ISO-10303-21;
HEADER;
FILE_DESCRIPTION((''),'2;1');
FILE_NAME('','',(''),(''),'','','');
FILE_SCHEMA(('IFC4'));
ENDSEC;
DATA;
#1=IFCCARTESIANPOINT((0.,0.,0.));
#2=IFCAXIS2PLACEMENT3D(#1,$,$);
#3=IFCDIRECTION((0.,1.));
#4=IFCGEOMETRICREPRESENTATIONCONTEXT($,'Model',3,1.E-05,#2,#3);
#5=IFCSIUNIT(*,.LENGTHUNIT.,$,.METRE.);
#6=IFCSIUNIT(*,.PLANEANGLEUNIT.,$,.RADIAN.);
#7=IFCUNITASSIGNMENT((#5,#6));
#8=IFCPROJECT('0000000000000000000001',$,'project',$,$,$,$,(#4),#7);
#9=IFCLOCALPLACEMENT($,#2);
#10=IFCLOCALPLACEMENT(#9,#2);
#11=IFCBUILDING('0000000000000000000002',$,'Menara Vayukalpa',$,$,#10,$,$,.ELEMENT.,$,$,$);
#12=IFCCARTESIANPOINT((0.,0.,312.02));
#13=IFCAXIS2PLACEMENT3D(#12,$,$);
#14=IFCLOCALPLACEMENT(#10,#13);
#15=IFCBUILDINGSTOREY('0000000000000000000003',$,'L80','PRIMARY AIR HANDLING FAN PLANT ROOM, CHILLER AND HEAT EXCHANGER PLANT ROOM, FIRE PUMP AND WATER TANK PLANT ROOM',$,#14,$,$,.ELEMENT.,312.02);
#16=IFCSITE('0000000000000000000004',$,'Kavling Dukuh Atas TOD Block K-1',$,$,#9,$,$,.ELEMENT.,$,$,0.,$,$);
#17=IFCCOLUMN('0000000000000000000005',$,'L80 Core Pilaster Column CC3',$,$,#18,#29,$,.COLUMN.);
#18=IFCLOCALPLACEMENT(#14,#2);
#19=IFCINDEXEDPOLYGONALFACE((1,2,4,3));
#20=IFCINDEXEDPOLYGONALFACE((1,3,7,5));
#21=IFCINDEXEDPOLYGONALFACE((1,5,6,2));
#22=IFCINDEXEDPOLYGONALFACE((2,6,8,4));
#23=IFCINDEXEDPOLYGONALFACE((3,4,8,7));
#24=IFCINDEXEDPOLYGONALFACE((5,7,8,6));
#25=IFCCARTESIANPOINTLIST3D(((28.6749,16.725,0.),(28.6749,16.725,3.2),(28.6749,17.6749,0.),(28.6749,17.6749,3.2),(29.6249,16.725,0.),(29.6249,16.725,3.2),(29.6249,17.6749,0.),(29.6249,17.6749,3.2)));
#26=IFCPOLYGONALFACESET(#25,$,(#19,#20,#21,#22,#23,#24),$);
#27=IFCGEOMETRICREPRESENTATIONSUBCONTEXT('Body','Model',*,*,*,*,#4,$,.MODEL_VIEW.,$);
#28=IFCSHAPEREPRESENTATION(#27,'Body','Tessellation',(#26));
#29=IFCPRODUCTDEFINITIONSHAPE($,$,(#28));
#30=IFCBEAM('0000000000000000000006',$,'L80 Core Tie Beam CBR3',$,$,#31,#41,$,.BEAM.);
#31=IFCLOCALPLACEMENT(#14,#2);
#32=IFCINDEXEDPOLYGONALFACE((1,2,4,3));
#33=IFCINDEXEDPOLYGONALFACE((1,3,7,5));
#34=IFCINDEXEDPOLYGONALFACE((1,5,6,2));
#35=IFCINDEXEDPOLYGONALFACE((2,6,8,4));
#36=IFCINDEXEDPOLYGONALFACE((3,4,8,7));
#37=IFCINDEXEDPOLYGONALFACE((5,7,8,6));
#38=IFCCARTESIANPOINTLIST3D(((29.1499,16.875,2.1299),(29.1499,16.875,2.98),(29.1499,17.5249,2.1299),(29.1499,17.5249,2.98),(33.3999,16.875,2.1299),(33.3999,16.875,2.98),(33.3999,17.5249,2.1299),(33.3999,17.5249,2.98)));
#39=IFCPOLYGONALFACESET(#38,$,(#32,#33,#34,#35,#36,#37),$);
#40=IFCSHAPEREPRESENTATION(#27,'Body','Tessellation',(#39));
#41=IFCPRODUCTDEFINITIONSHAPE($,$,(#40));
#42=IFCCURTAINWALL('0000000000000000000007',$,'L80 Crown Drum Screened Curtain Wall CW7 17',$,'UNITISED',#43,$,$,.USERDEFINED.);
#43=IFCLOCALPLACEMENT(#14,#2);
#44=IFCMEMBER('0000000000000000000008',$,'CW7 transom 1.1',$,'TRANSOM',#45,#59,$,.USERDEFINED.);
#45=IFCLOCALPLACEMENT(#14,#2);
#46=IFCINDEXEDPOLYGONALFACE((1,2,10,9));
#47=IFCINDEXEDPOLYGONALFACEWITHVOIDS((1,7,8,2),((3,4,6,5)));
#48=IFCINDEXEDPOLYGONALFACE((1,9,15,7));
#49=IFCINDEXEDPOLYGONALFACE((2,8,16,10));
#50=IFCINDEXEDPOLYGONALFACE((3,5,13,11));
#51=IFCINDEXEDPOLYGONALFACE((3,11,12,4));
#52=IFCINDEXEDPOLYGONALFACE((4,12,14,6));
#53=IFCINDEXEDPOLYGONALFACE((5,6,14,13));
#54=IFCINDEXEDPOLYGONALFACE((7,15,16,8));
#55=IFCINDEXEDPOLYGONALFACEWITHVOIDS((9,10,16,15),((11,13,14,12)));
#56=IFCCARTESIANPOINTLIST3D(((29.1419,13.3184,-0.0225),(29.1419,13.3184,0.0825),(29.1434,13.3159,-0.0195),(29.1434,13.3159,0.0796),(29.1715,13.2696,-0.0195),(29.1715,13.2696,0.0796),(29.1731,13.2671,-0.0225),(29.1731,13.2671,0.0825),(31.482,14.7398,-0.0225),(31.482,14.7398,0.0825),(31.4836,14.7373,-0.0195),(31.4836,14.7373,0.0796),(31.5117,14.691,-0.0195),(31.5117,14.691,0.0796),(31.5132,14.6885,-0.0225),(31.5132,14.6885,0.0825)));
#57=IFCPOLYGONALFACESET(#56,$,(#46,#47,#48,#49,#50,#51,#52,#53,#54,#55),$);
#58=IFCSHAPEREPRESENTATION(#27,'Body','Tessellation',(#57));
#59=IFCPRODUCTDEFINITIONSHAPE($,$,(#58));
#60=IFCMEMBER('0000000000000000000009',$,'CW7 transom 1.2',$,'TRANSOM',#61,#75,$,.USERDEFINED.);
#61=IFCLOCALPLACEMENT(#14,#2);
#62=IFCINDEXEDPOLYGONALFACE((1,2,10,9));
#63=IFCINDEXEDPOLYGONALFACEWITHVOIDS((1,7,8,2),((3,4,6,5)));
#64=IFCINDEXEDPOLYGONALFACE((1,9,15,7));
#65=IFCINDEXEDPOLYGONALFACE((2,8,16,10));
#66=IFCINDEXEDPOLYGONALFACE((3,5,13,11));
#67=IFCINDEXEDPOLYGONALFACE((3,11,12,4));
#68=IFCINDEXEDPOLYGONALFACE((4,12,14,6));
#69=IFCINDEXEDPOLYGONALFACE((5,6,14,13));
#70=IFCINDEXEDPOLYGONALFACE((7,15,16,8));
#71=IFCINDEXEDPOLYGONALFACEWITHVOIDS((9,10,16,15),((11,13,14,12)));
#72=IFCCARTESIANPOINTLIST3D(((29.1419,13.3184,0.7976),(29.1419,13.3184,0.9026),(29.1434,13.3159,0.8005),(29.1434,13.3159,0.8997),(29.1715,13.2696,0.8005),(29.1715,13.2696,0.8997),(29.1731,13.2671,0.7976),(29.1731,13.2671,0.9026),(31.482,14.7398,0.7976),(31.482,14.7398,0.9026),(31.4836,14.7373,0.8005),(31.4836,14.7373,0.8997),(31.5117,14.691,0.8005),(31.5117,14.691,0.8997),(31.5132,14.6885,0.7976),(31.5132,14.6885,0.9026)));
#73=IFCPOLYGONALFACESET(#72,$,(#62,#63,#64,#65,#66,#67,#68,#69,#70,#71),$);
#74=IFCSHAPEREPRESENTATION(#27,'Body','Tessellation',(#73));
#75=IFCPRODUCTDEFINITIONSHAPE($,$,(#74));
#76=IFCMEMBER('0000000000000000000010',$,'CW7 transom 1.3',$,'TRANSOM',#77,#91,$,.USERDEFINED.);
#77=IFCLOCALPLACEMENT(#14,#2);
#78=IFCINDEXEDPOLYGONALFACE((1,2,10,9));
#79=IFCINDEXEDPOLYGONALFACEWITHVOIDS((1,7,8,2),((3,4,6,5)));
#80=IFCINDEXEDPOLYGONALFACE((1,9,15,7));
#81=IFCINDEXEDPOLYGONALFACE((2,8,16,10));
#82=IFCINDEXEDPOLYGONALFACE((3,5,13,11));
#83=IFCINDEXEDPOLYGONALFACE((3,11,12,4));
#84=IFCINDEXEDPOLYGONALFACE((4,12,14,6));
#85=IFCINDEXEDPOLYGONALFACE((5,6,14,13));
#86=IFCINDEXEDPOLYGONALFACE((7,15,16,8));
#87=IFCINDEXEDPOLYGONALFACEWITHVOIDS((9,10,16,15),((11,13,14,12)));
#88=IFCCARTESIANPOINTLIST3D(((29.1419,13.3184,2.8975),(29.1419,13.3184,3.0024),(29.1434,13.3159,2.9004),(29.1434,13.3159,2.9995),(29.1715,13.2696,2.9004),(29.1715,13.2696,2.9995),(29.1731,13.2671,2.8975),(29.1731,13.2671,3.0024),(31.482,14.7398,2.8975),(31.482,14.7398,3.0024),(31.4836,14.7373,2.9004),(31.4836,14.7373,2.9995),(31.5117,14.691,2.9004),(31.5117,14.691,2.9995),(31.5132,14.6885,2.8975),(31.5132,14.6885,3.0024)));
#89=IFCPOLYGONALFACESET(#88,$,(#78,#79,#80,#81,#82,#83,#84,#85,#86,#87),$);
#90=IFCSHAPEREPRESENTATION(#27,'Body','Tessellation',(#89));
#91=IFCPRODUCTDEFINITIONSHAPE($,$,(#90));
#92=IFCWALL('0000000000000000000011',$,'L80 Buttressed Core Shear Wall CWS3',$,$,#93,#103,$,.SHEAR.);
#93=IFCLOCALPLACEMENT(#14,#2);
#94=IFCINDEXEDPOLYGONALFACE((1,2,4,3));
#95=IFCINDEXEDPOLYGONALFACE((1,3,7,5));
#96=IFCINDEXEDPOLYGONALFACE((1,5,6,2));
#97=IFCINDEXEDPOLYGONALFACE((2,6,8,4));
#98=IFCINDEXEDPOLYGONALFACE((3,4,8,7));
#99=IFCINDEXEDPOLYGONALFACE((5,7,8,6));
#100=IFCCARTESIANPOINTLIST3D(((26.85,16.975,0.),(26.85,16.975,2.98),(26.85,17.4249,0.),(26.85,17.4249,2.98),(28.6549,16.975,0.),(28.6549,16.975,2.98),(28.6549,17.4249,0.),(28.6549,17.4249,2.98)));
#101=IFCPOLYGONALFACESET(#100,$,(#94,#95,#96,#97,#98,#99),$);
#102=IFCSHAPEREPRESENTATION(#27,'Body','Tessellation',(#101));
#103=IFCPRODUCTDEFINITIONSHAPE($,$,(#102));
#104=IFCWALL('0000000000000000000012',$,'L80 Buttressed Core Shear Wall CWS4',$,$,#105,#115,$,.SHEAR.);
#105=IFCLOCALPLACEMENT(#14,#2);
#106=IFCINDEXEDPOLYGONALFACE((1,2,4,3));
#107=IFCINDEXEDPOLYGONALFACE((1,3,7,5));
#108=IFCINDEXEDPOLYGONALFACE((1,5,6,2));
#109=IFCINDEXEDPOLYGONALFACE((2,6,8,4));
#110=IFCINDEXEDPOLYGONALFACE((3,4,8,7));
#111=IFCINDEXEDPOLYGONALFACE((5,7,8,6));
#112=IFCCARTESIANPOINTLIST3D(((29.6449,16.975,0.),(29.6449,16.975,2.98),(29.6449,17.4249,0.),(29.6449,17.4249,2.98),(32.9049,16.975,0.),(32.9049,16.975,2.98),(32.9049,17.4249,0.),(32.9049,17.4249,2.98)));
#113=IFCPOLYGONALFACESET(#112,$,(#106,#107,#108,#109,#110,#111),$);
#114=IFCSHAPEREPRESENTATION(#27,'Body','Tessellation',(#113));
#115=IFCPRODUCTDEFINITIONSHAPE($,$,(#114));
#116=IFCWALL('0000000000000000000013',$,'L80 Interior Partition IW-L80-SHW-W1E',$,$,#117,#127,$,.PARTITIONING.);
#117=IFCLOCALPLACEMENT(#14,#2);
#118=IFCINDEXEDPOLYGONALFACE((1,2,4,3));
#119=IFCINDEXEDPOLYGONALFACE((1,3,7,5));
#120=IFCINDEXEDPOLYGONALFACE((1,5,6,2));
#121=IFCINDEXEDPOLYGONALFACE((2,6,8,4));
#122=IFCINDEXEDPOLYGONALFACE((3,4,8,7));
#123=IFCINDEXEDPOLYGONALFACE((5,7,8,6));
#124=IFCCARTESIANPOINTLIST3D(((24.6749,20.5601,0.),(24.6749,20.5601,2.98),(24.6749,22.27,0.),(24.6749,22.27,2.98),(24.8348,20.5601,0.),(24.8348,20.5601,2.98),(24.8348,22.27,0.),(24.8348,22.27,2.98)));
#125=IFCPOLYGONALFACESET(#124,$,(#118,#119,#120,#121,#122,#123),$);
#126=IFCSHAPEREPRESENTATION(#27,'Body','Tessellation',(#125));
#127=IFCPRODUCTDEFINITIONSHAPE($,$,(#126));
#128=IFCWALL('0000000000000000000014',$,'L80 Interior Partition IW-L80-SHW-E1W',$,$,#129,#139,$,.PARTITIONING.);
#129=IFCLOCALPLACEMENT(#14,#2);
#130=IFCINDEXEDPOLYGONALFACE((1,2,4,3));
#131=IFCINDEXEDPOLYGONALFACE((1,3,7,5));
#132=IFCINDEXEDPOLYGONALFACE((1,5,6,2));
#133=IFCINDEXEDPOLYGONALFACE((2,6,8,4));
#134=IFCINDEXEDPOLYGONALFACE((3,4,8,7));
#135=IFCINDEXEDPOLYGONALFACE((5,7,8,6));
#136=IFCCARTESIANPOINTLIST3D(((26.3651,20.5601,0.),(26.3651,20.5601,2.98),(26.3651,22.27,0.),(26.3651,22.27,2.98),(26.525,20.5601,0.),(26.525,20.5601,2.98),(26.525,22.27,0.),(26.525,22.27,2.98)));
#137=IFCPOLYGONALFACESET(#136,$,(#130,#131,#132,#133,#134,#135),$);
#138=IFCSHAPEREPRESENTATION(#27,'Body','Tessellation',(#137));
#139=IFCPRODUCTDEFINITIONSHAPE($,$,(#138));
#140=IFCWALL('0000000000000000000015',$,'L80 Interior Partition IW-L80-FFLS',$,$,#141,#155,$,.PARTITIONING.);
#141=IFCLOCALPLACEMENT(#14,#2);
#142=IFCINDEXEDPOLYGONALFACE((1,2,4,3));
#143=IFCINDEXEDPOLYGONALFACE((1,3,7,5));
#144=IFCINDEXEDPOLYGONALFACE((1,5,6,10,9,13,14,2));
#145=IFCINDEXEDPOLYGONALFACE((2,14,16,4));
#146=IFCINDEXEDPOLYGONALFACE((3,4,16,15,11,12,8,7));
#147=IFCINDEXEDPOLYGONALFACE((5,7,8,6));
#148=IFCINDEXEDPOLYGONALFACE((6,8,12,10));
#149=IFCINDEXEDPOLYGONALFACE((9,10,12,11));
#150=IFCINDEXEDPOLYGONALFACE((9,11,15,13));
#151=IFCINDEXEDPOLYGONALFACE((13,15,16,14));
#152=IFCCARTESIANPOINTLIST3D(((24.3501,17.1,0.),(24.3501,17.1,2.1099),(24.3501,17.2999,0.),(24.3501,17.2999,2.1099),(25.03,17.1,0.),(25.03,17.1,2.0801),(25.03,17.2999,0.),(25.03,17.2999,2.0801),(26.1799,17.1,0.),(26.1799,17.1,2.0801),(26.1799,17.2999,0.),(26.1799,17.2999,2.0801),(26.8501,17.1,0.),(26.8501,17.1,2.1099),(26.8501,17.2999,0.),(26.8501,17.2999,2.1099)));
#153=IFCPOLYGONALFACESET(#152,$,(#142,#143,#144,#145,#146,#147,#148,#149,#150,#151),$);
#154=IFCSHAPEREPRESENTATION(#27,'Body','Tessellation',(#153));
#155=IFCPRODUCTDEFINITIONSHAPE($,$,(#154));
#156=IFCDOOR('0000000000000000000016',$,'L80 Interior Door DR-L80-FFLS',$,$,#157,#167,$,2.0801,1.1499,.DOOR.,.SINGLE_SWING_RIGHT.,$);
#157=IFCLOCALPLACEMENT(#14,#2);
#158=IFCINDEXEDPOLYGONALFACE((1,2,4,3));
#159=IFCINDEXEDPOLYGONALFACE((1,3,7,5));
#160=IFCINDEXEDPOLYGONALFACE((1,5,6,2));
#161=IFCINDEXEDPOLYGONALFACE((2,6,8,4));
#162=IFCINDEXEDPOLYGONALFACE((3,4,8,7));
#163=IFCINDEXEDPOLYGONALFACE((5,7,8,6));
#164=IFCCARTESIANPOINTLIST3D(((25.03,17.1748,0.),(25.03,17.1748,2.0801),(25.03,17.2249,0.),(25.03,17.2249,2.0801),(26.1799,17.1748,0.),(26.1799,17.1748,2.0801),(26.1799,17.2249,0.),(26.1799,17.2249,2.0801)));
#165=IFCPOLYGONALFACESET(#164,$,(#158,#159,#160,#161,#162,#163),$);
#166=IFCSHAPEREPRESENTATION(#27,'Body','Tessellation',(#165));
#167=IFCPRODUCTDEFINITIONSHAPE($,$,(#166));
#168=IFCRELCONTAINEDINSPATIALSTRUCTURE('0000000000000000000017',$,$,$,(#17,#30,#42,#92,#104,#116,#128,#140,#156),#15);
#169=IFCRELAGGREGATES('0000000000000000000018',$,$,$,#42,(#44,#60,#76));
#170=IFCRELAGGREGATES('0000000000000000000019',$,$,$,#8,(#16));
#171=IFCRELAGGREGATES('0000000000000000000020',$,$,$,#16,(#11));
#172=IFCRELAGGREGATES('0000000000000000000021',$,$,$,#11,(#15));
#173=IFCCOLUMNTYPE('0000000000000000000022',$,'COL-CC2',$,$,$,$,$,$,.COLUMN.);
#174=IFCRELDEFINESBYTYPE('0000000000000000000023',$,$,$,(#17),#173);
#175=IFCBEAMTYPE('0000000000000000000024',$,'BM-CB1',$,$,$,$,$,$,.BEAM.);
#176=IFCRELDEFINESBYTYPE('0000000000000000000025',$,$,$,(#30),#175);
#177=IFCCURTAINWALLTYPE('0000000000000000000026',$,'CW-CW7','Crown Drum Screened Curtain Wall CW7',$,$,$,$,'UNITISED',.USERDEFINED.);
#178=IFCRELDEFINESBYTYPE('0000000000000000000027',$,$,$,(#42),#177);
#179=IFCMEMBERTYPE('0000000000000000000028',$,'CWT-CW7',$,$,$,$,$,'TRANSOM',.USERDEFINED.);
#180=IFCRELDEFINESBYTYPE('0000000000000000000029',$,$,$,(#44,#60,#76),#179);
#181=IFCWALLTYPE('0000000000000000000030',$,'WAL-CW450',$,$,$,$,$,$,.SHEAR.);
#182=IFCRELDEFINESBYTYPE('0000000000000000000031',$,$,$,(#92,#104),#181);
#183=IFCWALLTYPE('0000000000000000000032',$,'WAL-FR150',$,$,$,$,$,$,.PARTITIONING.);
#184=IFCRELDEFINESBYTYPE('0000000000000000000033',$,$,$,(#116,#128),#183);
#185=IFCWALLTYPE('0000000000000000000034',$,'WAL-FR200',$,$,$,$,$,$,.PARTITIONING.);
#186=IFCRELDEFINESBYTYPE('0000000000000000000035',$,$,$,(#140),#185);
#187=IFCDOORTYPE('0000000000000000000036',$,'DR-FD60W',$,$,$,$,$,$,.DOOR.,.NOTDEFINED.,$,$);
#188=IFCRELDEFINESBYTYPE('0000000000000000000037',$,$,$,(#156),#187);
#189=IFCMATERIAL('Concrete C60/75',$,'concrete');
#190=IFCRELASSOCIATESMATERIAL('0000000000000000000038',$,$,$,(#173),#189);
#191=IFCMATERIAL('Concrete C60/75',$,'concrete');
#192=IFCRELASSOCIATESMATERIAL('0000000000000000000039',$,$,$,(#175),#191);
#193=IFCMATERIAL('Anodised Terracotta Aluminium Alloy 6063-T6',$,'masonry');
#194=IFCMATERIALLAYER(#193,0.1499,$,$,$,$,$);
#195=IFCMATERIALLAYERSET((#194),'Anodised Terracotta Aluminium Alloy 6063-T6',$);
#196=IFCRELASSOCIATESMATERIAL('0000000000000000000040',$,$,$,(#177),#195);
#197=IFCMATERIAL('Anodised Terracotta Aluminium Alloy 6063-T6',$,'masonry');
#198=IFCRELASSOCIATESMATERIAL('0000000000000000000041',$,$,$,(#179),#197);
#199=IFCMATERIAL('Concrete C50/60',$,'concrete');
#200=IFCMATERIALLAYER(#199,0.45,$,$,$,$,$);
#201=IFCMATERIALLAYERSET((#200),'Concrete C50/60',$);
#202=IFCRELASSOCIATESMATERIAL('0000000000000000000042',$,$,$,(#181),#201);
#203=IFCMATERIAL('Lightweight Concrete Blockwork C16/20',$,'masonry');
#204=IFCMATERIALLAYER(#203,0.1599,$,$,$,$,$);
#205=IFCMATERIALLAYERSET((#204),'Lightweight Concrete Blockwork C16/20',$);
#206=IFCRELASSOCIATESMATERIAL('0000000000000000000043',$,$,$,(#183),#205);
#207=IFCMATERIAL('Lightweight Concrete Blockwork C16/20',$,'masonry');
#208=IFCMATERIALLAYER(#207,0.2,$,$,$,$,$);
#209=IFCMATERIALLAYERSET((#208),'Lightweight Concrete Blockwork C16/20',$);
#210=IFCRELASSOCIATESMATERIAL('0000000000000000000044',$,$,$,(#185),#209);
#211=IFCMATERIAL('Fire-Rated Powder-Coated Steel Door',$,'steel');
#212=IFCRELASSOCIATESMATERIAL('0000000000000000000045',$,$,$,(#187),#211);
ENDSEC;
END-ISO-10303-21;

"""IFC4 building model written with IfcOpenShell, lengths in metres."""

from ifc_helpers import new_model, si_unit, direction, frame, frame_2d, origin, origin_2d, place, context, subcontext, project, spatial, rectangle, hollow_rectangle, extrude, material, layer, layer_set, material_profile, profile_set, type_object, element, fill, aggregate, save


model = new_model("IFC4")

# Units and contexts
model_context = context("Model", 3, precision=1e-05, world=origin(), true_north=direction((0.0, 1.0)))
body_context = subcontext(model_context, "Body", "Model", "MODEL_VIEW")
ifc_project = project(units=[si_unit("LENGTHUNIT", "METRE"), si_unit("PLANEANGLEUNIT", "RADIAN")], contexts=[model_context])

# Site, building, storey
site_placement = place(None, origin())
site = spatial("IfcSite", under=ifc_project, at=site_placement, Name="Kavling Dukuh Atas TOD Block K-1", CompositionType="ELEMENT", RefElevation=0.0)
building_placement = place(site_placement, origin())
building = spatial("IfcBuilding", under=site, at=building_placement, Name="Menara Vayukalpa", CompositionType="ELEMENT")
storey_placement = place(building_placement, frame((0.0, 0.0, 312.02)))
storey = spatial("IfcBuildingStorey", under=building, at=storey_placement, Name="L80", Description="PRIMARY AIR HANDLING FAN PLANT ROOM, CHILLER AND HEAT EXCHANGER PLANT ROOM, FIRE PUMP AND WATER TANK PLANT ROOM", CompositionType="ELEMENT", Elevation=312.02)

# Column
ifc_material_1 = material(Name="Concrete C60/75", Category="concrete")
ifc_material_profile_1 = material_profile(ifc_material_1, rectangle(XDim=0.95, YDim=0.95, at=origin_2d()), Name="RC 950x950")
ifc_profile_set_1 = profile_set([ifc_material_profile_1], Name="Concrete C60/75")
column_type = type_object("IfcColumnType", Name="COL-CC2", PredefinedType="COLUMN", material=ifc_profile_set_1)
column_placement = place(storey_placement, frame((29.1499, 17.2, 0.0), z_axis=(0.0, 0.0, 1.0), x_axis=(1.0, 0.0, 0.0)))
element("IfcColumn", 1, at=column_placement, inside=storey, type_object=column_type, Name="L80 Core Pilaster Column CC3", PredefinedType="COLUMN", context=body_context, shape_type="SweptSolid", body=[
    extrude(rectangle(XDim=0.95, YDim=0.95, at=origin_2d()), origin(), (0.0, 0.0, 1.0), 3.2),
])

# Beam
ifc_material_2 = material(Name="Concrete C60/75", Category="concrete")
ifc_material_profile_2 = material_profile(ifc_material_2, rectangle(XDim=0.6499, YDim=0.8501, at=origin_2d()), Name="RC 650x850")
ifc_profile_set_2 = profile_set([ifc_material_profile_2], Name="Concrete C60/75")
beam_type = type_object("IfcBeamType", Name="BM-CB1", PredefinedType="BEAM", material=ifc_profile_set_2)
beam_placement = place(storey_placement, frame((29.1499, 17.2, 2.5549), z_axis=(1.0, 0.0, 0.0), x_axis=(0.0, 1.0, 0.0)))
element("IfcBeam", 2, at=beam_placement, inside=storey, type_object=beam_type, Name="L80 Core Tie Beam CBR3", PredefinedType="BEAM", context=body_context, shape_type="SweptSolid", body=[
    extrude(rectangle(XDim=0.6499, YDim=0.8501, at=origin_2d()), origin(), (0.0, 0.0, 1.0), 4.25),
])

# Curtain wall, members
ifc_material_3 = material(Name="Anodised Terracotta Aluminium Alloy 6063-T6", Category="masonry")
ifc_layer_1 = layer(ifc_material_3, 0.1499)
ifc_layer_set_1 = layer_set([ifc_layer_1], Name="Anodised Terracotta Aluminium Alloy 6063-T6")
curtain_wall_type = type_object("IfcCurtainWallType", Name="CW-CW7", Description="Crown Drum Screened Curtain Wall CW7", ElementType="UNITISED", PredefinedType="USERDEFINED", material=ifc_layer_set_1)
curtain_wall_placement = place(storey_placement, origin())
curtain_wall = element("IfcCurtainWall", 3, at=curtain_wall_placement, inside=storey, type_object=curtain_wall_type, Name="L80 Crown Drum Screened Curtain Wall CW7 17", ObjectType="UNITISED", PredefinedType="USERDEFINED")
ifc_material_4 = material(Name="Anodised Terracotta Aluminium Alloy 6063-T6", Category="masonry")
ifc_material_profile_3 = material_profile(ifc_material_4, hollow_rectangle(XDim=0.0601, YDim=0.105, WallThickness=0.0029, at=origin_2d()), Name="ALU 60x105x3")
ifc_profile_set_3 = profile_set([ifc_material_profile_3], Name="Anodised Terracotta Aluminium Alloy 6063-T6")
member_type = type_object("IfcMemberType", Name="CWT-CW7", ElementType="TRANSOM", PredefinedType="USERDEFINED", material=ifc_profile_set_3)
member_1_placement = place(storey_placement, frame((29.1575, 13.2927, 0.03), z_axis=(0.854687, 0.519143, 0.0), x_axis=(-0.519143, 0.854687, 0.0)))
member_1 = element("IfcMember", 4, at=member_1_placement, type_object=member_type, Name="CW7 transom 1.1", ObjectType="TRANSOM", PredefinedType="USERDEFINED", context=body_context, shape_type="SweptSolid", body=[
    extrude(hollow_rectangle(XDim=0.0601, YDim=0.105, WallThickness=0.0029, at=origin_2d()), origin(), (0.0, 0.0, 1.0), 2.738),
])
member_2_placement = place(storey_placement, frame((29.1575, 13.2927, 0.8501), z_axis=(0.854687, 0.519143, 0.0), x_axis=(-0.519143, 0.854687, 0.0)))
member_2 = element("IfcMember", 5, at=member_2_placement, type_object=member_type, Name="CW7 transom 1.2", ObjectType="TRANSOM", PredefinedType="USERDEFINED", context=body_context, shape_type="SweptSolid", body=[
    extrude(hollow_rectangle(XDim=0.0601, YDim=0.105, WallThickness=0.0029, at=origin_2d()), origin(), (0.0, 0.0, 1.0), 2.738),
])
member_3_placement = place(storey_placement, frame((29.1575, 13.2927, 2.95), z_axis=(0.854687, 0.519143, 0.0), x_axis=(-0.519143, 0.854687, 0.0)))
member_3 = element("IfcMember", 6, at=member_3_placement, type_object=member_type, Name="CW7 transom 1.3", ObjectType="TRANSOM", PredefinedType="USERDEFINED", context=body_context, shape_type="SweptSolid", body=[
    extrude(hollow_rectangle(XDim=0.0601, YDim=0.105, WallThickness=0.0029, at=origin_2d()), origin(), (0.0, 0.0, 1.0), 2.738),
])
aggregate(curtain_wall, [member_1, member_2, member_3])

# Walls
ifc_material_5 = material(Name="Concrete C50/60", Category="concrete")
ifc_layer_2 = layer(ifc_material_5, 0.45)
ifc_layer_set_2 = layer_set([ifc_layer_2], Name="Concrete C50/60")
wall_type_1 = type_object("IfcWallType", Name="WAL-CW450", PredefinedType="SHEAR", material=ifc_layer_set_2)
wall_1_placement = place(storey_placement, frame((26.8501, 17.2, 0.0), z_axis=(0.0, 0.0, 1.0), x_axis=(1.0, 0.0, 0.0)))
element("IfcWall", 7, at=wall_1_placement, inside=storey, type_object=wall_type_1, Name="L80 Buttressed Core Shear Wall CWS3", PredefinedType="SHEAR", context=body_context, shape_type="SweptSolid", body=[
    extrude(rectangle(XDim=1.8049, YDim=0.45, at=frame_2d((0.9023, 0.0))), origin(), (0.0, 0.0, 1.0), 2.98),
])
wall_2_placement = place(storey_placement, frame((29.645, 17.2, 0.0), z_axis=(0.0, 0.0, 1.0), x_axis=(1.0, 0.0, 0.0)))
element("IfcWall", 8, at=wall_2_placement, inside=storey, type_object=wall_type_1, Name="L80 Buttressed Core Shear Wall CWS4", PredefinedType="SHEAR", context=body_context, shape_type="SweptSolid", body=[
    extrude(rectangle(XDim=3.26, YDim=0.45, at=frame_2d((1.6299, 0.0))), origin(), (0.0, 0.0, 1.0), 2.98),
])
ifc_material_6 = material(Name="Lightweight Concrete Blockwork C16/20", Category="masonry")
ifc_layer_3 = layer(ifc_material_6, 0.1599)
ifc_layer_set_3 = layer_set([ifc_layer_3], Name="Lightweight Concrete Blockwork C16/20")
wall_type_2 = type_object("IfcWallType", Name="WAL-FR150", PredefinedType="PARTITIONING", material=ifc_layer_set_3)
for number, where, z_axis, x_axis, name in (
    (9, (24.7549, 20.5601, 0.0), (0.0, 0.0, 1.0), (0.0, 1.0, 0.0), "L80 Interior Partition IW-L80-SHW-W1E"),
    (10, (26.4451, 20.5601, 0.0), (0.0, 0.0, 1.0), (0.0, 1.0, 0.0), "L80 Interior Partition IW-L80-SHW-E1W"),
):
    element("IfcWall", number, at=place(storey_placement, frame(where, z_axis=z_axis, x_axis=x_axis)), inside=storey, type_object=wall_type_2, Name=name, PredefinedType="PARTITIONING", context=body_context, shape_type="SweptSolid", body=[
        extrude(rectangle(XDim=1.71, YDim=0.1599, at=frame_2d((0.855, 0.0))), origin(), (0.0, 0.0, 1.0), 2.98),
    ])

# Wall, opening, door
ifc_material_7 = material(Name="Lightweight Concrete Blockwork C16/20", Category="masonry")
ifc_layer_4 = layer(ifc_material_7, 0.2)
ifc_layer_set_4 = layer_set([ifc_layer_4], Name="Lightweight Concrete Blockwork C16/20")
wall_type_3 = type_object("IfcWallType", Name="WAL-FR200", PredefinedType="PARTITIONING", material=ifc_layer_set_4)
wall_3_placement = place(storey_placement, frame((24.3501, 17.2, 0.0), z_axis=(0.0, 0.0, 1.0), x_axis=(1.0, 0.0, 0.0)))
wall_3 = element("IfcWall", 11, at=wall_3_placement, inside=storey, type_object=wall_type_3, Name="L80 Interior Partition IW-L80-FFLS", PredefinedType="PARTITIONING", context=body_context, shape_type="SweptSolid", body=[
    extrude(rectangle(XDim=2.5, YDim=0.2, at=frame_2d((1.25, 0.0))), origin(), (0.0, 0.0, 1.0), 2.1099),
])
opening_1_placement = place(wall_3_placement, frame((0.6799, 0.0, 0.0)))
opening_1 = element("IfcOpeningElement", 12, at=opening_1_placement, cuts=wall_3, PredefinedType="OPENING", context=body_context, shape_type="SweptSolid", body=[
    extrude(rectangle(XDim=1.1499, YDim=2.0801, at=frame_2d((0.575, 1.04))), frame((0.0, 0.1099, 0.0), z_axis=(0.0, -1.0, 0.0), x_axis=(1.0, 0.0, 0.0)), (0.0, 0.0, 1.0), 0.22),
])
ifc_material_8 = material(Name="Fire-Rated Powder-Coated Steel Door", Category="steel")
door_type_1 = type_object("IfcDoorType", Name="DR-FD60W", OperationType="NOTDEFINED", PredefinedType="DOOR", material=ifc_material_8)
door_1_placement = place(opening_1_placement, origin())
door_1 = element("IfcDoor", 13, at=door_1_placement, inside=storey, type_object=door_type_1, Name="L80 Interior Door DR-L80-FFLS", OperationType="SINGLE_SWING_RIGHT", OverallHeight=2.0801, OverallWidth=1.1499, PredefinedType="DOOR", context=body_context, shape_type="SweptSolid", body=[
    extrude(rectangle(XDim=1.1499, YDim=2.0801, at=frame_2d((0.575, 1.04))), frame((0.0, 0.0249, 0.0), z_axis=(0.0, -1.0, 0.0), x_axis=(1.0, 0.0, 0.0)), (0.0, 0.0, 1.0), 0.05),
])
fill(opening_1, door_1)

save(model, "model.ifc")
